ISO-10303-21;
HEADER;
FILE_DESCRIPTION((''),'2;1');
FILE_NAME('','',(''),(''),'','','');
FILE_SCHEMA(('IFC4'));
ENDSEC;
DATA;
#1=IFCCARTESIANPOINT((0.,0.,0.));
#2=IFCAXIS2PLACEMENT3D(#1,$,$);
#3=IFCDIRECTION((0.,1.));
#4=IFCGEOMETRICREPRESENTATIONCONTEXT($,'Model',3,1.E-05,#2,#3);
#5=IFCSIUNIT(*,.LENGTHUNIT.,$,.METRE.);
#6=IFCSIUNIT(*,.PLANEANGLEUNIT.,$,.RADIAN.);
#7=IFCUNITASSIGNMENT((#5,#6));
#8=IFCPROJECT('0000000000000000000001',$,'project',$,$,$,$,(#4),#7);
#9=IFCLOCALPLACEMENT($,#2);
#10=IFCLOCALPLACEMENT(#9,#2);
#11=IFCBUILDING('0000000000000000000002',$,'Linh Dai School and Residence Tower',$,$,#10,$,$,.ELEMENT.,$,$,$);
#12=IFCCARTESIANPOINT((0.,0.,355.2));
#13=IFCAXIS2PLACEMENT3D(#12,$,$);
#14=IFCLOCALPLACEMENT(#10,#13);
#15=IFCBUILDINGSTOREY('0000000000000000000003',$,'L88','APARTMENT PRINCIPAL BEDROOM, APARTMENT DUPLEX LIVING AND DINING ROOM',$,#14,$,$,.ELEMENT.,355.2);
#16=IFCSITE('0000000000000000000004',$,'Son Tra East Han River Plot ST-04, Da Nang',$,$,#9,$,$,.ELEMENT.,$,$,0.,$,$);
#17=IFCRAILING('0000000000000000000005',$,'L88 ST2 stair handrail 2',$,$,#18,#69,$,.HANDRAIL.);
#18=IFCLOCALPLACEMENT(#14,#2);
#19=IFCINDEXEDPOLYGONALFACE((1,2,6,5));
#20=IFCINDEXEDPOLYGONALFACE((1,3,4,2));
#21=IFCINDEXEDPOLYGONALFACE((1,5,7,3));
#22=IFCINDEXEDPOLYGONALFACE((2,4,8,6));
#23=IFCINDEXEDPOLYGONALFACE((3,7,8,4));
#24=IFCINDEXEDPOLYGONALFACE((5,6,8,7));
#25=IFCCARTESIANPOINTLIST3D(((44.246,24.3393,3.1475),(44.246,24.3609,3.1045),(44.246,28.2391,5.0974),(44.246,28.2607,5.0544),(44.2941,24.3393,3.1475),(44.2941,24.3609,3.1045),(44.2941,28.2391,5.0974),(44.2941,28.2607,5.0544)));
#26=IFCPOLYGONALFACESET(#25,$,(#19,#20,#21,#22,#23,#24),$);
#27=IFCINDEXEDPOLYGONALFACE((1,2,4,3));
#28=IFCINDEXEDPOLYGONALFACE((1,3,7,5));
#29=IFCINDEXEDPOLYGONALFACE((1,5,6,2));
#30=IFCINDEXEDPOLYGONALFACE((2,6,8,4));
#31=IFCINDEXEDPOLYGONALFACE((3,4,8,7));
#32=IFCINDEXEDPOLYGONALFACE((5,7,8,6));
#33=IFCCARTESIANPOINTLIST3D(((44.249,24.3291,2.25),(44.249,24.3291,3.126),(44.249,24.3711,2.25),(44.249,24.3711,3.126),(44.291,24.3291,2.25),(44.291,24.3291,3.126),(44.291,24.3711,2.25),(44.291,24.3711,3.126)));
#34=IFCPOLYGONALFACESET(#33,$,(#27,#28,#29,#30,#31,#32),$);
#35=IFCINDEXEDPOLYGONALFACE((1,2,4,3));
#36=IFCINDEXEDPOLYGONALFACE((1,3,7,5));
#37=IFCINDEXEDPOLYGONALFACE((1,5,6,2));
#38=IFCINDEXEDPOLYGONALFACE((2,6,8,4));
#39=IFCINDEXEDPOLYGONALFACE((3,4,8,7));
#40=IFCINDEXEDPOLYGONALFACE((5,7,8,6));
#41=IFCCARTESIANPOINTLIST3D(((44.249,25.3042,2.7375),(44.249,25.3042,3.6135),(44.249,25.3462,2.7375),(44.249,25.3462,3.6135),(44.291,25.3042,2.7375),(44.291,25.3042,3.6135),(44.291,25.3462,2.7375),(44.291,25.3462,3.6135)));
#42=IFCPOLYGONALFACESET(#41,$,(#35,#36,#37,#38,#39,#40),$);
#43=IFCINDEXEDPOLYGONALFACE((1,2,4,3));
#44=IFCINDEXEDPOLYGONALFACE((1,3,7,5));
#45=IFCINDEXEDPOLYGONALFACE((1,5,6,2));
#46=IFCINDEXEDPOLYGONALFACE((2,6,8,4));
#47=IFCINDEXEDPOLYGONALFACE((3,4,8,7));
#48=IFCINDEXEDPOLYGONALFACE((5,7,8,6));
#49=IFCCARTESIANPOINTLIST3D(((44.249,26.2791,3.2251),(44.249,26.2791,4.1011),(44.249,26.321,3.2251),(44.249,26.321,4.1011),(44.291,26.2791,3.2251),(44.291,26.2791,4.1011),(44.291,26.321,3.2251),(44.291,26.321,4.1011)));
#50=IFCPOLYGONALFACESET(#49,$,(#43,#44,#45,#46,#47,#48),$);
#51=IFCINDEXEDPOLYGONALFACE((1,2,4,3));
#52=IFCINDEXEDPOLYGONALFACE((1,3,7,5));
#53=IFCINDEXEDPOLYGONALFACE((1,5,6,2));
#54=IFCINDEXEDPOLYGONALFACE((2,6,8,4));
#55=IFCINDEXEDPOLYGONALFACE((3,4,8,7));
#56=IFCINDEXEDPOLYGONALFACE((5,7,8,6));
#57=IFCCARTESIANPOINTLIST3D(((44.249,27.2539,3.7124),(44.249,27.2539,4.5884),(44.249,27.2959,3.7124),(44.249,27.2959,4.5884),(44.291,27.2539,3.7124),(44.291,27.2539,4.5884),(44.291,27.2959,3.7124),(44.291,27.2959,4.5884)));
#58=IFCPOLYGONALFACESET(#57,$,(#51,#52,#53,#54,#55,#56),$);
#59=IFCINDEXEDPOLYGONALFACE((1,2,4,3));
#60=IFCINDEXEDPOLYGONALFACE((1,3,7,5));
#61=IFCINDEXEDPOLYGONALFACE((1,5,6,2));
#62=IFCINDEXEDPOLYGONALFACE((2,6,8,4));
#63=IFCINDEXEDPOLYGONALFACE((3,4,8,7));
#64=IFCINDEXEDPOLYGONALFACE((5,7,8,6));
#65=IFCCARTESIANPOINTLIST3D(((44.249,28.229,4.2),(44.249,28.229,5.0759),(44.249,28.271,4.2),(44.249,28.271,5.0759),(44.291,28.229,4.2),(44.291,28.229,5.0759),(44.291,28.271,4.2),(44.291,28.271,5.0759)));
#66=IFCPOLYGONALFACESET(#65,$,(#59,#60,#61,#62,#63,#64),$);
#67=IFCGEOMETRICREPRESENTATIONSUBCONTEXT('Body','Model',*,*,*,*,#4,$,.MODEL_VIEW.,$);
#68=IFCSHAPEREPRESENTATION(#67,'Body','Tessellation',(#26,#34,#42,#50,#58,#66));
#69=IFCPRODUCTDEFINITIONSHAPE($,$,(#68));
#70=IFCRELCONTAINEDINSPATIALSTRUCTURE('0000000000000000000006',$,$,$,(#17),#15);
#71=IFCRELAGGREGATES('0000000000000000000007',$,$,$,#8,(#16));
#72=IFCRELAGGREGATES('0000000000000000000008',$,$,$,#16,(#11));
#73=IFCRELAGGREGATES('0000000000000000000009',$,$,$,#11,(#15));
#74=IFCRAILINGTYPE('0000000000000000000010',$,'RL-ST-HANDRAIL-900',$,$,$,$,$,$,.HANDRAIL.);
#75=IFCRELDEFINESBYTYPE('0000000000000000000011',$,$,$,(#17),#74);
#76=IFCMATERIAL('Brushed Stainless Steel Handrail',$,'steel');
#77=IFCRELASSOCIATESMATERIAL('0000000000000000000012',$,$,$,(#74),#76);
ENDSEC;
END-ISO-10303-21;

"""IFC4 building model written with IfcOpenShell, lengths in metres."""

from ifc_helpers import new_model, si_unit, direction, frame, origin, origin_2d, place, context, subcontext, project, spatial, rectangle, extrude, source, transform, mapped, material, type_object, element, save


model = new_model("IFC4")

# Units and contexts
model_context = context("Model", 3, precision=1e-05, world=origin(), true_north=direction((0.0, 1.0)))
body_context = subcontext(model_context, "Body", "Model", "MODEL_VIEW")
ifc_project = project(units=[si_unit("LENGTHUNIT", "METRE"), si_unit("PLANEANGLEUNIT", "RADIAN")], contexts=[model_context])

# Site, building, storey
site_placement = place(None, origin())
site = spatial("IfcSite", under=ifc_project, at=site_placement, Name="Son Tra East Han River Plot ST-04, Da Nang", CompositionType="ELEMENT", RefElevation=0.0)
building_placement = place(site_placement, origin())
building = spatial("IfcBuilding", under=site, at=building_placement, Name="Linh Dai School and Residence Tower", CompositionType="ELEMENT")
storey_placement = place(building_placement, frame((0.0, 0.0, 355.2)))
storey = spatial("IfcBuildingStorey", under=building, at=storey_placement, Name="L88", Description="APARTMENT PRINCIPAL BEDROOM, APARTMENT DUPLEX LIVING AND DINING ROOM", CompositionType="ELEMENT", Elevation=355.2)

# Railing
ifc_material_1 = material(Name="Brushed Stainless Steel Handrail", Category="steel")
railing_type_1 = type_object("IfcRailingType", Name="RL-ST-HANDRAIL-900", PredefinedType="HANDRAIL", material=ifc_material_1)
shared_shape_1 = source(origin(), body_context, "Body", "SweptSolid", [
    extrude(rectangle(XDim=0.0481, YDim=0.0481, at=origin_2d()), frame((0.0, 0.0, 0.876), z_axis=(0.0, 0.894427, 0.447214), x_axis=(-1.0, 0.0, 0.0)), (0.0, 0.0, 1.0), 4.3601),
    extrude(rectangle(XDim=0.042, YDim=0.042, at=origin_2d()), origin(), (0.0, 0.0, 1.0), 0.876),
    extrude(rectangle(XDim=0.042, YDim=0.042, at=origin_2d()), frame((0.0, 0.9751, 0.4875)), (0.0, 0.0, 1.0), 0.876),
    extrude(rectangle(XDim=0.042, YDim=0.042, at=origin_2d()), frame((0.0, 1.95, 0.9751)), (0.0, 0.0, 1.0), 0.876),
    extrude(rectangle(XDim=0.042, YDim=0.042, at=origin_2d()), frame((0.0, 2.9248, 1.4624)), (0.0, 0.0, 1.0), 0.876),
    extrude(rectangle(XDim=0.042, YDim=0.042, at=origin_2d()), frame((0.0, 3.8999, 1.95)), (0.0, 0.0, 1.0), 0.876),
])
railing_1_placement = place(storey_placement, frame((44.27, 24.3501, 2.25)))
element("IfcRailing", 1, at=railing_1_placement, inside=storey, type_object=railing_type_1, Name="L88 ST2 stair handrail 2", PredefinedType="HANDRAIL", context=body_context, shape_type="MappedRepresentation", body=[
    mapped(shared_shape_1, transform((0.0, 0.0, 0.0), x_axis=(1.0, 0.0, 0.0), y_axis=(0.0, 1.0, 0.0), z_axis=(0.0, 0.0, 1.0), scale=1.0)),
])

save(model, "model.ifc")
